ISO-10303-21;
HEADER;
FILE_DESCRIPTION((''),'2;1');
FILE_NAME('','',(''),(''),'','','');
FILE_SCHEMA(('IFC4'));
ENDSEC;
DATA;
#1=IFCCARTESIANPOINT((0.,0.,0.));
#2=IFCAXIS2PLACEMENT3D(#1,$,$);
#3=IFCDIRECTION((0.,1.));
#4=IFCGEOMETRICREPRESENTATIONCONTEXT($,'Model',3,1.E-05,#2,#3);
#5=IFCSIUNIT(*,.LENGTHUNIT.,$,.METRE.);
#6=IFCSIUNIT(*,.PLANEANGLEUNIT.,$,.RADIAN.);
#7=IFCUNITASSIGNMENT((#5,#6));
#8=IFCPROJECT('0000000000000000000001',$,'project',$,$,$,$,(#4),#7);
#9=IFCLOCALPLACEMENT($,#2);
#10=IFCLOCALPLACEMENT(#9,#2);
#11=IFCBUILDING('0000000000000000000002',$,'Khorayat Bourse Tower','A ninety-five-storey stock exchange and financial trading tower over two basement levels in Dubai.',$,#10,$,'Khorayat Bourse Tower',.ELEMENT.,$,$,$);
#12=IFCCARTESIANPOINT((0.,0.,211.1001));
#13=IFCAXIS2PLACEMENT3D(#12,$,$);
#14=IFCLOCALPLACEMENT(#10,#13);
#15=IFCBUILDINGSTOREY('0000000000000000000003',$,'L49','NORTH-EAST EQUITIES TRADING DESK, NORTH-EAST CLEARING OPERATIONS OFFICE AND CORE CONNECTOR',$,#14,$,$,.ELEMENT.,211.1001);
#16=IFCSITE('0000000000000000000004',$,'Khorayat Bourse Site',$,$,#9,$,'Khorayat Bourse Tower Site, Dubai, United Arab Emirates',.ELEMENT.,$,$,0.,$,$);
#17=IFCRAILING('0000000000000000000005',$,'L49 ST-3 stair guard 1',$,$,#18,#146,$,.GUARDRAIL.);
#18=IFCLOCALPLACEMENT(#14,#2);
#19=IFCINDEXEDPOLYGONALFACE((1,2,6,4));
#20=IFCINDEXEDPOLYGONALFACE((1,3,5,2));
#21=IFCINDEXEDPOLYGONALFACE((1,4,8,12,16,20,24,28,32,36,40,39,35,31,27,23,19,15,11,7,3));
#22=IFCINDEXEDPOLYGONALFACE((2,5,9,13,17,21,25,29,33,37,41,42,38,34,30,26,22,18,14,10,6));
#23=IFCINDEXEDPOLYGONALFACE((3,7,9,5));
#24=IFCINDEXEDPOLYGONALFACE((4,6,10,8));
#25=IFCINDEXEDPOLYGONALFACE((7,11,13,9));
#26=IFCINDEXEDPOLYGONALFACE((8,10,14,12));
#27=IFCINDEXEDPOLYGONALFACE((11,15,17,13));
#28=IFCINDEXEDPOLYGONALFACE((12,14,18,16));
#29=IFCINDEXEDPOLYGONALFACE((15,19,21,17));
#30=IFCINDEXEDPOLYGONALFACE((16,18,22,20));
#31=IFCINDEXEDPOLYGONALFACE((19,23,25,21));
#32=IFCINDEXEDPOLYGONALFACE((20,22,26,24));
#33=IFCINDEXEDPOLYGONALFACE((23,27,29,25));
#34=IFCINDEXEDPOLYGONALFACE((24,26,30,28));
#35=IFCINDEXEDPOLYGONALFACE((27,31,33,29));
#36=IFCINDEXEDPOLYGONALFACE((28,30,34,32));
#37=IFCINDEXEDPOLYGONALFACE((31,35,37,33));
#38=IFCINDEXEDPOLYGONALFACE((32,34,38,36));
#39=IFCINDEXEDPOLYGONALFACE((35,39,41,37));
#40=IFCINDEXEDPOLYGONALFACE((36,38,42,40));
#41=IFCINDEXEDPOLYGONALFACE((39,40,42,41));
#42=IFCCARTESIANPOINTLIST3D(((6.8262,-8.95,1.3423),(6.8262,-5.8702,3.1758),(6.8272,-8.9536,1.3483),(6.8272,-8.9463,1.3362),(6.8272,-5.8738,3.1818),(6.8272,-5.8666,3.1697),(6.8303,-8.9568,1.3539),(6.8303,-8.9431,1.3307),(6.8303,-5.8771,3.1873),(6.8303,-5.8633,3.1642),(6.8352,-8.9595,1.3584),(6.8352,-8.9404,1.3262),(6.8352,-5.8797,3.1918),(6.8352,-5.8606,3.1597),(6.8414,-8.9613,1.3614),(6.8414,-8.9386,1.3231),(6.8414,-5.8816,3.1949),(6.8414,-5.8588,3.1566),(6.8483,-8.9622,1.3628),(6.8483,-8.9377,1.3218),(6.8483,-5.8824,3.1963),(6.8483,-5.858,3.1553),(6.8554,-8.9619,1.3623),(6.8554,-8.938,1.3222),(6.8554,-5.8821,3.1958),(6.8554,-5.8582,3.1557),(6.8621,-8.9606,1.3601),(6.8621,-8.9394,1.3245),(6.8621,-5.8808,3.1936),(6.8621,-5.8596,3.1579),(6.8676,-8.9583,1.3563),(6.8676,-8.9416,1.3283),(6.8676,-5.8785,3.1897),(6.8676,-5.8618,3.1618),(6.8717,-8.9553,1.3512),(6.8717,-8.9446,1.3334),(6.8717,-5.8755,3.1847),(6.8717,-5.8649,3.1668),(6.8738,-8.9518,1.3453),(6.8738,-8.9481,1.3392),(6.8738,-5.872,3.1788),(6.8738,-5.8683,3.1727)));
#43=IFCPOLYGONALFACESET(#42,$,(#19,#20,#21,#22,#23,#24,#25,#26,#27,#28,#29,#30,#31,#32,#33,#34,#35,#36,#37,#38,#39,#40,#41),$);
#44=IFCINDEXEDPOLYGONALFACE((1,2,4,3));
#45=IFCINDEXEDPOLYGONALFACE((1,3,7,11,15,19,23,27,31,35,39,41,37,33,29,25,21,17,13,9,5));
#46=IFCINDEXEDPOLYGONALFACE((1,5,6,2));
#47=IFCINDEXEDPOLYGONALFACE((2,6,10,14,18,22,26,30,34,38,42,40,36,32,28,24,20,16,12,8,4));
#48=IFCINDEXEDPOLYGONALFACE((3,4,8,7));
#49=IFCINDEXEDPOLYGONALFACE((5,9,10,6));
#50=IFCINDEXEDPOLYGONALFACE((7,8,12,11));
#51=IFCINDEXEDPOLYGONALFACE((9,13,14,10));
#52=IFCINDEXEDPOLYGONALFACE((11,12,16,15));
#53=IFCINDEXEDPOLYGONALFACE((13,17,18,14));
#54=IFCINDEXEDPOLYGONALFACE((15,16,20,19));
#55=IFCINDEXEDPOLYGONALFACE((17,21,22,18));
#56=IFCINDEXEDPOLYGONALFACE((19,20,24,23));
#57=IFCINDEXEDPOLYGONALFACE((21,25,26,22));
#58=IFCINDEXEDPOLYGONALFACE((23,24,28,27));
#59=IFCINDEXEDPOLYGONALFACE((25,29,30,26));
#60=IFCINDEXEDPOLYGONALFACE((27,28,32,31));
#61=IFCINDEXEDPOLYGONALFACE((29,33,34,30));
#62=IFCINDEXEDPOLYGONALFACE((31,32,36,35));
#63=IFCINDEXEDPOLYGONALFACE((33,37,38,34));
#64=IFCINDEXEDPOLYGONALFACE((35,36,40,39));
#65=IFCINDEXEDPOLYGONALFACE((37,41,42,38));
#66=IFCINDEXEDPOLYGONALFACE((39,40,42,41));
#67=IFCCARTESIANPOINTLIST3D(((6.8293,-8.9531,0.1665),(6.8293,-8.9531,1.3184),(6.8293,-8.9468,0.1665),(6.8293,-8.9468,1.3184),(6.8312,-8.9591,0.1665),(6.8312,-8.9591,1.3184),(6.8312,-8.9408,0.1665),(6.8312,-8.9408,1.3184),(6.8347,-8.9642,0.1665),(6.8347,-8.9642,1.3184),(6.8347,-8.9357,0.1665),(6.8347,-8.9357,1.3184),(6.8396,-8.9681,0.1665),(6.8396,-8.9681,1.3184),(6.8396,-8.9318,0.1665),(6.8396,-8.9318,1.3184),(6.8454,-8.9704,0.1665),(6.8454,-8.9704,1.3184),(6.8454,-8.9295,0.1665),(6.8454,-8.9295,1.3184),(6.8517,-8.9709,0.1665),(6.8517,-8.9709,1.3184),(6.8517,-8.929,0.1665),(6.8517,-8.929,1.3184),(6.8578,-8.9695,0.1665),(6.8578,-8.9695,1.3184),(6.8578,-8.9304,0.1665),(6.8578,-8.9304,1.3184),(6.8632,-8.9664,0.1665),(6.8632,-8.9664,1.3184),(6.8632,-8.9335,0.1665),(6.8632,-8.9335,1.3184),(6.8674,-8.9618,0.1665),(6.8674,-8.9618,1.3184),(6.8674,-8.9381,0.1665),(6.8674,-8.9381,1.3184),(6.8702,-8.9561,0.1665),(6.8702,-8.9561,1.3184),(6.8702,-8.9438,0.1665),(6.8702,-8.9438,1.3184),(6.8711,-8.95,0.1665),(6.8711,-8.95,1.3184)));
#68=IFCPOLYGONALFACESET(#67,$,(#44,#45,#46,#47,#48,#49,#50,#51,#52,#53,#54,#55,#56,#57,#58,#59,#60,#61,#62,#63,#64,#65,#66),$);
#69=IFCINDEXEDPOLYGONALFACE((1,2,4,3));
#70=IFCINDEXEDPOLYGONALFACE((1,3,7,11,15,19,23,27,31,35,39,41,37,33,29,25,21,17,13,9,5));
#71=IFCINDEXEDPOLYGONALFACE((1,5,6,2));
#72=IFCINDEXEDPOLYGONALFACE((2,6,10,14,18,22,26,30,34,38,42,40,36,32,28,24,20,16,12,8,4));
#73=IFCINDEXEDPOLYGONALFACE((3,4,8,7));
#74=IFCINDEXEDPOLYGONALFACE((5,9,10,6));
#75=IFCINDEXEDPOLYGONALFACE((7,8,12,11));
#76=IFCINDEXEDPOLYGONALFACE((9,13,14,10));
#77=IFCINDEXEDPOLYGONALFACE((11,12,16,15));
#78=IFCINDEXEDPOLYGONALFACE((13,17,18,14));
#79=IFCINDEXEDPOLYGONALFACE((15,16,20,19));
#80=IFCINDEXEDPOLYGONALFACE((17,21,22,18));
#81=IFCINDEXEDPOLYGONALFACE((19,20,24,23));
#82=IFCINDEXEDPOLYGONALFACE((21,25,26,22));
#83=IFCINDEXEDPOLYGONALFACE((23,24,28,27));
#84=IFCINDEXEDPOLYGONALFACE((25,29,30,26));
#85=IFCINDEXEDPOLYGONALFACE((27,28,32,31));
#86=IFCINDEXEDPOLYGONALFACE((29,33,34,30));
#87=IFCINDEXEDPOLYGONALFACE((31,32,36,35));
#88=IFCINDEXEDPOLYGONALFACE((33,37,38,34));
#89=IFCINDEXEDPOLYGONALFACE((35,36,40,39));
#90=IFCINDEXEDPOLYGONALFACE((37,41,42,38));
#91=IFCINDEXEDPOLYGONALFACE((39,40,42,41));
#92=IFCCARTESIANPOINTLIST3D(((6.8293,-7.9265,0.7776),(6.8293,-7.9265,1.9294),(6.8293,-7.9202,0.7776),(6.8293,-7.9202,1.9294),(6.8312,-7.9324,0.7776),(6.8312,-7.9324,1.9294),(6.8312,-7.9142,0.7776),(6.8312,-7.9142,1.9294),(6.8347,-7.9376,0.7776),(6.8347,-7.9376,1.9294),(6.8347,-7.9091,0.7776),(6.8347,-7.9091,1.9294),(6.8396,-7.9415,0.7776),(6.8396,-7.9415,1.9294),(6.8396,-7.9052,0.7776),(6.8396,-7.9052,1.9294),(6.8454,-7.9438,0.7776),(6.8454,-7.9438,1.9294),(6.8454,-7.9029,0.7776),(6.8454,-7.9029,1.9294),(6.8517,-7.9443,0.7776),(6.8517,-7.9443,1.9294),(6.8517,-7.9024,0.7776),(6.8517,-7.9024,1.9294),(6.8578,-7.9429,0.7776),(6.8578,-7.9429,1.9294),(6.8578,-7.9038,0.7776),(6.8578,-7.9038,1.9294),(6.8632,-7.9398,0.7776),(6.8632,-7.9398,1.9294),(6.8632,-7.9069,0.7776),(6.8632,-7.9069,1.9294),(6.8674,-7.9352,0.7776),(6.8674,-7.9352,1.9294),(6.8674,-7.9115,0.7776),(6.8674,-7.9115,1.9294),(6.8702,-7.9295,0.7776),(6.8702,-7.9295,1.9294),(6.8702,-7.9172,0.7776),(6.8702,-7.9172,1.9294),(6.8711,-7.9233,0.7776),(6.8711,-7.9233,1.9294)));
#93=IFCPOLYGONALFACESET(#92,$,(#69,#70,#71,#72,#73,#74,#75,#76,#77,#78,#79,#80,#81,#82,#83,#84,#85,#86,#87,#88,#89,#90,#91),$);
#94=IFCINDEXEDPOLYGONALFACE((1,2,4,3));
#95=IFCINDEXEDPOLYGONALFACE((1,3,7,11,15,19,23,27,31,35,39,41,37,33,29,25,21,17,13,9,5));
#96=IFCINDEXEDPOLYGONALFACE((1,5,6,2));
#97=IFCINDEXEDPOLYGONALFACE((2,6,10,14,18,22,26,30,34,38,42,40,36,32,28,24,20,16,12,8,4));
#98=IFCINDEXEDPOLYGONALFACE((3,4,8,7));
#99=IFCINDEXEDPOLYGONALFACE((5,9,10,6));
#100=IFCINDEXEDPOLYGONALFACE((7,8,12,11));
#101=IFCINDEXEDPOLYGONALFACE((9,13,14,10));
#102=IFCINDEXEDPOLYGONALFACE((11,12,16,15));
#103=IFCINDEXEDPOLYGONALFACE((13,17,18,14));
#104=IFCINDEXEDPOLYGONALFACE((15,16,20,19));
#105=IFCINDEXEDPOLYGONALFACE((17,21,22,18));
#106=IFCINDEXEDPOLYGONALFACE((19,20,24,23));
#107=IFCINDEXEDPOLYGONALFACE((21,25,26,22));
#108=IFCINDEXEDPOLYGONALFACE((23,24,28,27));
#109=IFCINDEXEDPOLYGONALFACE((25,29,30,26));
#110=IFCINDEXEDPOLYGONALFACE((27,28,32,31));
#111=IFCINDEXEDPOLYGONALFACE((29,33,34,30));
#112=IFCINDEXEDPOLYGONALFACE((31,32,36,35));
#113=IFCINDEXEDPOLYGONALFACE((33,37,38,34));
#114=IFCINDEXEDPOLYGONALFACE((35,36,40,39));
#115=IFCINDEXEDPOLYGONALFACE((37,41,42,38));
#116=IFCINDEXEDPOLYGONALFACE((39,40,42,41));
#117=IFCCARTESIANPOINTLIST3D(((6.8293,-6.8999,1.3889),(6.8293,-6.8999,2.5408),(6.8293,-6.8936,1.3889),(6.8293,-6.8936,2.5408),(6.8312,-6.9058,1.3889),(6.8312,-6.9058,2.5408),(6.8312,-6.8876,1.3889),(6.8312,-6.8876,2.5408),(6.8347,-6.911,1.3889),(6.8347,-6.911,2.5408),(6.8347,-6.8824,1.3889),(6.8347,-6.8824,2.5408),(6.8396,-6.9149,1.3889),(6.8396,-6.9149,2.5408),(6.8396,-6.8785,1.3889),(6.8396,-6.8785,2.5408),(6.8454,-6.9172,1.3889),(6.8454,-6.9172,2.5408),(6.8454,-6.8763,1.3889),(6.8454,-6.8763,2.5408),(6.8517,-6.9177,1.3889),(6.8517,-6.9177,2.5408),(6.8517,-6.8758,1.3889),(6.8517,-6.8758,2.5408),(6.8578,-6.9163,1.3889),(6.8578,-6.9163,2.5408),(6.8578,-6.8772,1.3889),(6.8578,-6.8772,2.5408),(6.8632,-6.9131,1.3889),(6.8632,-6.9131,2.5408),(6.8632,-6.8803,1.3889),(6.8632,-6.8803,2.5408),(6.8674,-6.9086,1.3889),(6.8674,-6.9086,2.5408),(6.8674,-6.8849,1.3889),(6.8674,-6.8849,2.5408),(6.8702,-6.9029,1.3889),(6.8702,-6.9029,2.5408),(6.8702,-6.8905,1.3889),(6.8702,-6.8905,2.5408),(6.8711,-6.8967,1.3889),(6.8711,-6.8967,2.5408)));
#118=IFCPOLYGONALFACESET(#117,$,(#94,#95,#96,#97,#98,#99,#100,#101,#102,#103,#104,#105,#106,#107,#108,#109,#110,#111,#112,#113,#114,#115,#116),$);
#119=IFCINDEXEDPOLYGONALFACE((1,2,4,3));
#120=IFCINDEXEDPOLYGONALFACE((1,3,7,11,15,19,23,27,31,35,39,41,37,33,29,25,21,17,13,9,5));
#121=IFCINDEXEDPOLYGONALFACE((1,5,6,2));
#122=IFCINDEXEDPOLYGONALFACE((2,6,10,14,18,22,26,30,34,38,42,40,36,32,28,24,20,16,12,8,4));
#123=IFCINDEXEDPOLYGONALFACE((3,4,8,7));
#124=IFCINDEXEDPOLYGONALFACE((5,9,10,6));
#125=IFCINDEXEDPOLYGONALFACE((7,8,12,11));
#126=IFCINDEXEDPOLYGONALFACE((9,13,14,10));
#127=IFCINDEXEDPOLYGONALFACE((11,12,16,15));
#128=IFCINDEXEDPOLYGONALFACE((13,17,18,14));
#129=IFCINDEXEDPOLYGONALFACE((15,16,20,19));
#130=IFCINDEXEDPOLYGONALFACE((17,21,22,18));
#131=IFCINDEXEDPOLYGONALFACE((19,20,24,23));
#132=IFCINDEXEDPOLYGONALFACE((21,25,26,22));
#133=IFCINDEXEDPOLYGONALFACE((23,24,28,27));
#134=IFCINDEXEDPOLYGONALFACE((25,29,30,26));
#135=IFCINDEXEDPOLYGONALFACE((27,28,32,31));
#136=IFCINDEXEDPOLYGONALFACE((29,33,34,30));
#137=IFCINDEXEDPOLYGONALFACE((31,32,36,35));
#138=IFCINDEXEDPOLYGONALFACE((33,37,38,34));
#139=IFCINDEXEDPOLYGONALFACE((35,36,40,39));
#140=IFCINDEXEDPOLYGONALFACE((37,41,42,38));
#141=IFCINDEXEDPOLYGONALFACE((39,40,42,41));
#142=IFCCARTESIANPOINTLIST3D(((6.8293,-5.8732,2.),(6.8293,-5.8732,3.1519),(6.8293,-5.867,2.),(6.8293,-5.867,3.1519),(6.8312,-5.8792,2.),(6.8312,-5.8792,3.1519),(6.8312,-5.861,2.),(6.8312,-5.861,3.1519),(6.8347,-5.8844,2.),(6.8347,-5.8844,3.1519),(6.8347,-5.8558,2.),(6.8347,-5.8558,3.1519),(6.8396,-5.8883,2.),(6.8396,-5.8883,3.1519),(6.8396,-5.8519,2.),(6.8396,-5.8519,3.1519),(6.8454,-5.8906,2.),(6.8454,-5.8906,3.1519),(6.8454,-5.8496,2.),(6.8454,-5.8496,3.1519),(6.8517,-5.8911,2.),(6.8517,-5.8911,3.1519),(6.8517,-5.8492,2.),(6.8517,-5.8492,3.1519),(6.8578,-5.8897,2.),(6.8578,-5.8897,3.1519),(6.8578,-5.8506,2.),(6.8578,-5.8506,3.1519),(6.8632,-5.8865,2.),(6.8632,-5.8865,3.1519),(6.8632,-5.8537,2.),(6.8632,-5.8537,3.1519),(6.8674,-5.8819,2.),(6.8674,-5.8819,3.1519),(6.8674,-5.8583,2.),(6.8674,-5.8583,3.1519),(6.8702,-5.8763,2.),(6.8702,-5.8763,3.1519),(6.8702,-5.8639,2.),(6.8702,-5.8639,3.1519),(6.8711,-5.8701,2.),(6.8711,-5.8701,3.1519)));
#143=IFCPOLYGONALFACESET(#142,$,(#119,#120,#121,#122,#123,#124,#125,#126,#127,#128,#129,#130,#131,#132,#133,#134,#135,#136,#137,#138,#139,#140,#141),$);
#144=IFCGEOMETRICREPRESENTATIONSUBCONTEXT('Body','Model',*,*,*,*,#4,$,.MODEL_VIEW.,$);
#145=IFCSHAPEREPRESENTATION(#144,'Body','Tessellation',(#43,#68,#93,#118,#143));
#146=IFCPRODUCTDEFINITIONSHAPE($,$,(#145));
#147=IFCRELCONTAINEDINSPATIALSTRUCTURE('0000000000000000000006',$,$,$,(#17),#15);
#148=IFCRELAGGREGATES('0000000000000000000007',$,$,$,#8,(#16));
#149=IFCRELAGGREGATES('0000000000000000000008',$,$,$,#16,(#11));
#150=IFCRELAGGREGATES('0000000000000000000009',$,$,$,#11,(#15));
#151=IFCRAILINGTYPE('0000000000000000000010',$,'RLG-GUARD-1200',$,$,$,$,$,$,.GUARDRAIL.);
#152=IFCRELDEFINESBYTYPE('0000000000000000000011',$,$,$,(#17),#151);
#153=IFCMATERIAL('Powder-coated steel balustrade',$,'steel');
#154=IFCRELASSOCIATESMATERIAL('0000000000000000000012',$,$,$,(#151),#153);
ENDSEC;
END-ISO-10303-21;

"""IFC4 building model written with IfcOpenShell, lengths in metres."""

from ifc_helpers import new_model, si_unit, direction, frame, origin, origin_2d, place, context, subcontext, project, spatial, circle, extrude, source, transform, mapped, material, type_object, element, save


model = new_model("IFC4")

# Units and contexts
model_context = context("Model", 3, precision=1e-05, world=origin(), true_north=direction((0.0, 1.0)))
body_context = subcontext(model_context, "Body", "Model", "MODEL_VIEW")
ifc_project = project(units=[si_unit("LENGTHUNIT", "METRE"), si_unit("PLANEANGLEUNIT", "RADIAN")], contexts=[model_context])

# Site, building, storey
site_placement = place(None, origin())
site = spatial("IfcSite", under=ifc_project, at=site_placement, Name="Khorayat Bourse Site", LongName="Khorayat Bourse Tower Site, Dubai, United Arab Emirates", CompositionType="ELEMENT", RefElevation=0.0)
building_placement = place(site_placement, origin())
building = spatial("IfcBuilding", under=site, at=building_placement, Name="Khorayat Bourse Tower", Description="A ninety-five-storey stock exchange and financial trading tower over two basement levels in Dubai.", LongName="Khorayat Bourse Tower", CompositionType="ELEMENT")
storey_placement = place(building_placement, frame((0.0, 0.0, 211.1001)))
storey = spatial("IfcBuildingStorey", under=building, at=storey_placement, Name="L49", Description="NORTH-EAST EQUITIES TRADING DESK, NORTH-EAST CLEARING OPERATIONS OFFICE AND CORE CONNECTOR", CompositionType="ELEMENT", Elevation=211.1001)

# Railing
ifc_material_1 = material(Name="Powder-coated steel balustrade", Category="steel")
railing_type_1 = type_object("IfcRailingType", Name="RLG-GUARD-1200", PredefinedType="GUARDRAIL", material=ifc_material_1)
shared_shape_1 = source(origin(), body_context, "Body", "SweptSolid", [
    extrude(circle(Radius=0.0239, at=origin_2d()), frame((0.0, 0.0, 1.1758), z_axis=(0.0, 0.859261, 0.511538), x_axis=(-1.0, 0.0, 0.0)), (0.0, 0.0, 1.0), 3.5842),
    extrude(circle(Radius=0.021, at=origin_2d()), origin(), (0.0, 0.0, 1.0), 1.1519),
    extrude(circle(Radius=0.021, at=origin_2d()), frame((0.0, 1.0266, 0.6111)), (0.0, 0.0, 1.0), 1.1519),
    extrude(circle(Radius=0.021, at=origin_2d()), frame((0.0, 2.0532, 1.2224)), (0.0, 0.0, 1.0), 1.1519),
    extrude(circle(Radius=0.021, at=origin_2d()), frame((0.0, 3.0798, 1.8335)), (0.0, 0.0, 1.0), 1.1519),
])
railing_1_placement = place(storey_placement, frame((6.8501, -8.95, 0.1665)))
element("IfcRailing", 1, at=railing_1_placement, inside=storey, type_object=railing_type_1, Name="L49 ST-3 stair guard 1", PredefinedType="GUARDRAIL", context=body_context, shape_type="MappedRepresentation", body=[
    mapped(shared_shape_1, transform((0.0, 0.0, 0.0), scale=1.0)),
])

save(model, "model.ifc")
